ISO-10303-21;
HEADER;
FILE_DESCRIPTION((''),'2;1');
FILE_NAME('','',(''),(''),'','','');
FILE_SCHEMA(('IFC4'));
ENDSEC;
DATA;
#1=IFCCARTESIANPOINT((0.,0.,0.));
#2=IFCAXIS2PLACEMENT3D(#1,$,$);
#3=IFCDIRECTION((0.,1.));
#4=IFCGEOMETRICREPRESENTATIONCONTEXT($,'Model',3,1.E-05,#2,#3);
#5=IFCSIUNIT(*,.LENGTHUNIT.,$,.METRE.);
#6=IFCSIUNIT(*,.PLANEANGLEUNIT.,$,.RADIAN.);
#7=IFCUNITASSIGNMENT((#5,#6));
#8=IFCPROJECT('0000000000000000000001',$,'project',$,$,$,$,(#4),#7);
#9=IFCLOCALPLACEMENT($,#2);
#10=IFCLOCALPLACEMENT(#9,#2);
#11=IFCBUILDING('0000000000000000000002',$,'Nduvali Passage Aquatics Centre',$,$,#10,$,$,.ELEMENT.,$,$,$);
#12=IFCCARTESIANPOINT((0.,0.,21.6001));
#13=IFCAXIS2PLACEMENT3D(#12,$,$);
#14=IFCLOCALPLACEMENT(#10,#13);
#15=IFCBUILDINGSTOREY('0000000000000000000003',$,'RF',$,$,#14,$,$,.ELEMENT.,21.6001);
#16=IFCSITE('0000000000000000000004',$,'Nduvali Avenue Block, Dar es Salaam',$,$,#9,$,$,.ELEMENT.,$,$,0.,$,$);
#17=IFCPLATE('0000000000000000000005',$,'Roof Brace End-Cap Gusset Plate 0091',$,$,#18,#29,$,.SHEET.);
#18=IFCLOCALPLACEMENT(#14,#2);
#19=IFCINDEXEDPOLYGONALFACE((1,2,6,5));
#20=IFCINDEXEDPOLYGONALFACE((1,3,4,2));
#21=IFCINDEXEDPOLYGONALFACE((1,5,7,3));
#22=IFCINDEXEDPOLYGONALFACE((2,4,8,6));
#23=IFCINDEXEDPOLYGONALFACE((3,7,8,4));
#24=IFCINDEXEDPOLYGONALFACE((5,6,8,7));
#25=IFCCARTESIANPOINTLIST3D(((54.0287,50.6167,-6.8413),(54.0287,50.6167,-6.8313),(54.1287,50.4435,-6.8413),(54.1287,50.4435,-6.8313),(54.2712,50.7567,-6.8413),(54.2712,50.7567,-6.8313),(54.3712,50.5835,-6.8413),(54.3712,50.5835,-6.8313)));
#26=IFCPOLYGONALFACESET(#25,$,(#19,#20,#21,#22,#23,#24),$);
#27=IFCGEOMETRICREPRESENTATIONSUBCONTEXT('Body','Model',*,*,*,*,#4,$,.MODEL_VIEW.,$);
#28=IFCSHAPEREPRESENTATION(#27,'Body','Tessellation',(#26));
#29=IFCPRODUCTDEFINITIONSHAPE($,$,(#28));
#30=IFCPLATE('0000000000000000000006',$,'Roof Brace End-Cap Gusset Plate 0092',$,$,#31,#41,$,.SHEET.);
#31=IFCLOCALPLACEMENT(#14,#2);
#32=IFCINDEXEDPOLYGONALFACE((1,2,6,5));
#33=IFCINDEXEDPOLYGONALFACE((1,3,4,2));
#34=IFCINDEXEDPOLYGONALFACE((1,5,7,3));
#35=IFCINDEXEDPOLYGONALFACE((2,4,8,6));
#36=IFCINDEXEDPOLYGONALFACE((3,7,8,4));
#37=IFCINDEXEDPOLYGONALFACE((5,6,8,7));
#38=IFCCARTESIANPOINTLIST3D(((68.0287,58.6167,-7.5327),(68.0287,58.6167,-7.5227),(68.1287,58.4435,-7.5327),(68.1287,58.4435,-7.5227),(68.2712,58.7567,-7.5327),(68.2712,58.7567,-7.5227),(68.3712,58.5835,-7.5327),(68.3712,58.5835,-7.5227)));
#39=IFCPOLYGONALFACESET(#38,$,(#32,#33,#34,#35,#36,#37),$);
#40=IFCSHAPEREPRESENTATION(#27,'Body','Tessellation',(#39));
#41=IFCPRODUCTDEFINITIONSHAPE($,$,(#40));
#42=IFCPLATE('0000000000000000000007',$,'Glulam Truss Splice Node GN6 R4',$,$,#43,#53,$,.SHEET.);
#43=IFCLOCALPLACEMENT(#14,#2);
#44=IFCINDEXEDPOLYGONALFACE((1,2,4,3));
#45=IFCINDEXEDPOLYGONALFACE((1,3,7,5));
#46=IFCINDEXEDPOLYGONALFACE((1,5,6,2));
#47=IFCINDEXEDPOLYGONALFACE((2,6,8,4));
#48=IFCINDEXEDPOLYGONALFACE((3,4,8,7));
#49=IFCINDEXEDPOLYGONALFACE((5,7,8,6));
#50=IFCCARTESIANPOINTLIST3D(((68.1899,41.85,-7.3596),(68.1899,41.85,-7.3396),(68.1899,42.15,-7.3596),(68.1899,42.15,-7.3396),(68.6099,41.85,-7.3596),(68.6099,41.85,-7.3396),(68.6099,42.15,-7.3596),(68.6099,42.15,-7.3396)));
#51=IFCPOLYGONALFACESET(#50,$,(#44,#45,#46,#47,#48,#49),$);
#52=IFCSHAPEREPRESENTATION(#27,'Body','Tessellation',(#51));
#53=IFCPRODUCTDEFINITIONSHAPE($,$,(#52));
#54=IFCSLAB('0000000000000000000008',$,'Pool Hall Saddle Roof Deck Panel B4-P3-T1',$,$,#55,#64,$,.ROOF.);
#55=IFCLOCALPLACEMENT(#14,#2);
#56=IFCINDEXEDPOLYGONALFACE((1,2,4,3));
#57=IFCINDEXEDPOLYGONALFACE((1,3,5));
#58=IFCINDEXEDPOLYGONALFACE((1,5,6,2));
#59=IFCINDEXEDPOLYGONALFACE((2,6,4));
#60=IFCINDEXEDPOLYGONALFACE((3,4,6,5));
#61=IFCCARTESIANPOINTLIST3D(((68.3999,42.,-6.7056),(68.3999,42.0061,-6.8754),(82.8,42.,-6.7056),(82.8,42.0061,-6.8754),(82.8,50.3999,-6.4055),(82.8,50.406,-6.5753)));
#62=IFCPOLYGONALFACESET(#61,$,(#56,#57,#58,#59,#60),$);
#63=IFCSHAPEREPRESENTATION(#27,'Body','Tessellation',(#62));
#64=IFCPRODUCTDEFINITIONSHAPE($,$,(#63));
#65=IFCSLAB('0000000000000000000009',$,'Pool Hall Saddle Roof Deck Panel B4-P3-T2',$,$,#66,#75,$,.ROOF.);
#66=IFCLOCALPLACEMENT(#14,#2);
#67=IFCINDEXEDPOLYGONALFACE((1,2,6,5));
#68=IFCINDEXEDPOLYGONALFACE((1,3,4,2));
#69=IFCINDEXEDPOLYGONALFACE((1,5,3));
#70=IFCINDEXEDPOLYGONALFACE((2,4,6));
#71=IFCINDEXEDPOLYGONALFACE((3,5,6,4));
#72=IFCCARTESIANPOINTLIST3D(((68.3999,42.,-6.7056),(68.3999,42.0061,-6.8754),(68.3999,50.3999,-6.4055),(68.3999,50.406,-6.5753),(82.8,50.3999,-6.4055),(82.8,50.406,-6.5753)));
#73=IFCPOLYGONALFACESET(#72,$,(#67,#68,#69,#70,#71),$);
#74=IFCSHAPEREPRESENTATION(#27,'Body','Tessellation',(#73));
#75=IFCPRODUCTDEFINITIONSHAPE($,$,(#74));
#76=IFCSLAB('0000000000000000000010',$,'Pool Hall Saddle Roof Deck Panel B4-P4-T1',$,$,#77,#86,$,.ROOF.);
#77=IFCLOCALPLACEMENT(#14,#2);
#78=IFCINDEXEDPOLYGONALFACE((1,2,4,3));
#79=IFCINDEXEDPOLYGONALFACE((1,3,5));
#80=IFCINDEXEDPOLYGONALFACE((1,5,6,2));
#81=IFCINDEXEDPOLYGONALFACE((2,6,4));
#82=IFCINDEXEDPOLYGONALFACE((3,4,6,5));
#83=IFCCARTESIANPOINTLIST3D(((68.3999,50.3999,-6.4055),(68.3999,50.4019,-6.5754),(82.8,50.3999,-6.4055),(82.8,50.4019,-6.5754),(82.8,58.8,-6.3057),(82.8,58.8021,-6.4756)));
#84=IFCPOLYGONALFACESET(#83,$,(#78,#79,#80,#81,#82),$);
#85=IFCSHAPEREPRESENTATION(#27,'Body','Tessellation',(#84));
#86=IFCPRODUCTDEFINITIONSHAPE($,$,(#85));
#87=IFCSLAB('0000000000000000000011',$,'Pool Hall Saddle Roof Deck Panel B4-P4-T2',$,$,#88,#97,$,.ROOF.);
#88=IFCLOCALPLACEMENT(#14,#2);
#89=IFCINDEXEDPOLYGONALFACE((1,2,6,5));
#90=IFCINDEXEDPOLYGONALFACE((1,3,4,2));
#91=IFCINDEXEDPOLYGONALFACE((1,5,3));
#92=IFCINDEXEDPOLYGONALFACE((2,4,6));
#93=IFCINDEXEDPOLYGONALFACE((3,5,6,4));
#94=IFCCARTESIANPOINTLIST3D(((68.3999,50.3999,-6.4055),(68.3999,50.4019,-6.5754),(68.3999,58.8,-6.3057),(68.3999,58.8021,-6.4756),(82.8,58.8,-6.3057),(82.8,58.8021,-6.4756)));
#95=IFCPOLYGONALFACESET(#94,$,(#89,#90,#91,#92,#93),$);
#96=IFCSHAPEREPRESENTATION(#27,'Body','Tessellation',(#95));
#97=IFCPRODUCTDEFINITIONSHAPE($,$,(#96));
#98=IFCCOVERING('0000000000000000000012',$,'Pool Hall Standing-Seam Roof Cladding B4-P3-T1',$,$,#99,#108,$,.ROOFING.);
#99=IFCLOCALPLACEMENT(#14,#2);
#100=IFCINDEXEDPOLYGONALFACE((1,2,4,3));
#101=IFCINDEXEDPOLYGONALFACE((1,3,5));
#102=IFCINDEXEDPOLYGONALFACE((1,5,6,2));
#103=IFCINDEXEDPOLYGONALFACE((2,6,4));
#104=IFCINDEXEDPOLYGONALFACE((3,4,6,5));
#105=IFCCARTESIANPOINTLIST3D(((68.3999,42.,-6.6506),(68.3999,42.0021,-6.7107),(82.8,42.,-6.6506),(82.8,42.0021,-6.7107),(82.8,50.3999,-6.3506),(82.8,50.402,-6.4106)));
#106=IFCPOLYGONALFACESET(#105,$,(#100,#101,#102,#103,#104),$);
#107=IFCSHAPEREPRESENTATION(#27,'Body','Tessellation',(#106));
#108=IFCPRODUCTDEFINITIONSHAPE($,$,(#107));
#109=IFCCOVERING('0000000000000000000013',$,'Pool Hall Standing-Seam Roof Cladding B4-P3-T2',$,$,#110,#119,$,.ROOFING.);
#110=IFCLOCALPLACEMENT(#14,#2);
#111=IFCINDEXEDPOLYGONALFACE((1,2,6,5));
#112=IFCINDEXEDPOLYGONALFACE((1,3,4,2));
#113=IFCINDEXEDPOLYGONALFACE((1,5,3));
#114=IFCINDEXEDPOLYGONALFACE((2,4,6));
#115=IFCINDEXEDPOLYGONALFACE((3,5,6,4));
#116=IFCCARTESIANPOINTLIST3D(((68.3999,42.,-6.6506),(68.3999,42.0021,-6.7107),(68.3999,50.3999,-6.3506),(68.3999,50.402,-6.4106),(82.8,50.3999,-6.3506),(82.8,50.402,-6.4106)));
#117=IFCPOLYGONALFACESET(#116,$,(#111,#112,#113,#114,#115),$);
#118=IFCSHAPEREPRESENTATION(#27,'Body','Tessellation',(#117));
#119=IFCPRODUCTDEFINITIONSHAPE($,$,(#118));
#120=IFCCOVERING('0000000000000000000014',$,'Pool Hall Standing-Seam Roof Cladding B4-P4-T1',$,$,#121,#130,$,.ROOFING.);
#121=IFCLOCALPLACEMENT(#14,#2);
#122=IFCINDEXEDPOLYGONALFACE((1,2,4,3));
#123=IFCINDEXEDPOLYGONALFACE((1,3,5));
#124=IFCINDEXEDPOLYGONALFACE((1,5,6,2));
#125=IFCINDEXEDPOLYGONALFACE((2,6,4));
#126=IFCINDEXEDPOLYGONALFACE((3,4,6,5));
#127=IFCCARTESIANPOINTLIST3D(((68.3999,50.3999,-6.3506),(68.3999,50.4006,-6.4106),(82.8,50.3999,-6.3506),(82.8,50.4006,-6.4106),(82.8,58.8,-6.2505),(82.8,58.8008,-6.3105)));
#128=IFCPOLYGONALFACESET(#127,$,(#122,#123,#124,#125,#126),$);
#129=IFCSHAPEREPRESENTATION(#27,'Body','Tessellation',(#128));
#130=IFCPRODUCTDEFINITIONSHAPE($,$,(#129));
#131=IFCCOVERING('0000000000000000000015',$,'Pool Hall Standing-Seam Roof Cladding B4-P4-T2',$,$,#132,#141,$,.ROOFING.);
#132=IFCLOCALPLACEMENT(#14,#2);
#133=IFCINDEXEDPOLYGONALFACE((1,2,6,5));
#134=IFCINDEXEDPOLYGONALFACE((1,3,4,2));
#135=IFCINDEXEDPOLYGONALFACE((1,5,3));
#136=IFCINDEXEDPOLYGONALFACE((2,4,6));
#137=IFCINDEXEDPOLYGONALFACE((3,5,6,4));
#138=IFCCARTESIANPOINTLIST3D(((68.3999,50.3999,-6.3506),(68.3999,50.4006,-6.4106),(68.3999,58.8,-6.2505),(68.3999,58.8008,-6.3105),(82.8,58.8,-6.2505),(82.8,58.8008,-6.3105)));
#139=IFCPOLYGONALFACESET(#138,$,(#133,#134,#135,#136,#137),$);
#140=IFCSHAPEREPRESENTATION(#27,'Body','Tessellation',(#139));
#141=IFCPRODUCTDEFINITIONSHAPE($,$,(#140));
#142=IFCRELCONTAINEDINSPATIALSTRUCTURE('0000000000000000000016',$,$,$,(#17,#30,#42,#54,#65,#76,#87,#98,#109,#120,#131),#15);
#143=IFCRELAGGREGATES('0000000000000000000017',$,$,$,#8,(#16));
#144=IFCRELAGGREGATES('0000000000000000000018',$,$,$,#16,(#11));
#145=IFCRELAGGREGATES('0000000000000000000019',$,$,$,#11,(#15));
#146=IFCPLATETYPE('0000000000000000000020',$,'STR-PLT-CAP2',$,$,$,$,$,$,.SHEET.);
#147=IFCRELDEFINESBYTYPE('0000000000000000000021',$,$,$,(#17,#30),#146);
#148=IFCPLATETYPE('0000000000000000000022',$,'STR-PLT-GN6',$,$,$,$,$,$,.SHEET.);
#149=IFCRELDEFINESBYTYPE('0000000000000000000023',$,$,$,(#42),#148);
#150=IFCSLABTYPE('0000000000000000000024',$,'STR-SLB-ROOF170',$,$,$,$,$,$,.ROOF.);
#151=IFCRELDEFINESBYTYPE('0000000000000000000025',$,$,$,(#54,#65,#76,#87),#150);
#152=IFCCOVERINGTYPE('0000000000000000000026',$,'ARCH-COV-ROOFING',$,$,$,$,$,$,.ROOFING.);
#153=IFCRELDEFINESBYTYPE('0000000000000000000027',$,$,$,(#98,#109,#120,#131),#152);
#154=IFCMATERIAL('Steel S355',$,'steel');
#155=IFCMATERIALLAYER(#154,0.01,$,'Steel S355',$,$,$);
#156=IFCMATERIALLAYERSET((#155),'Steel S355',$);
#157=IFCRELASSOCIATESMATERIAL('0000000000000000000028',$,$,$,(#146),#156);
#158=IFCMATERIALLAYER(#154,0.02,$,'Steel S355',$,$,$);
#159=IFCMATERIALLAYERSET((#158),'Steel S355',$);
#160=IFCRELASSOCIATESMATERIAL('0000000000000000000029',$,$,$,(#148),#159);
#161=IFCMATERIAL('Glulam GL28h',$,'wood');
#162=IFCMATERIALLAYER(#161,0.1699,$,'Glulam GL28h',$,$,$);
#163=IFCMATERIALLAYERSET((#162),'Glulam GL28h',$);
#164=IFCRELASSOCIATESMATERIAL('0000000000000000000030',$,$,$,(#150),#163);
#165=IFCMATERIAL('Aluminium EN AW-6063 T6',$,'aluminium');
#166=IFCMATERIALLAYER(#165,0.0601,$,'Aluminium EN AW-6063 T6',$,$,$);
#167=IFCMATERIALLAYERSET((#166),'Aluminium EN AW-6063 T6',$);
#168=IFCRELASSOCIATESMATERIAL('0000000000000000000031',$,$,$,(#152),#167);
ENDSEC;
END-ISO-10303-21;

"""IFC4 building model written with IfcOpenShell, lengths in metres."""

from ifc_helpers import new_model, si_unit, direction, frame, origin, origin_2d, place, context, subcontext, project, spatial, polyline, rectangle, outline, extrude, material, layer, layer_set, type_object, element, save


model = new_model("IFC4")

# Units and contexts
model_context = context("Model", 3, precision=1e-05, world=origin(), true_north=direction((0.0, 1.0)))
body_context = subcontext(model_context, "Body", "Model", "MODEL_VIEW")
ifc_project = project(units=[si_unit("LENGTHUNIT", "METRE"), si_unit("PLANEANGLEUNIT", "RADIAN")], contexts=[model_context])

# Site, building, storey
site_placement = place(None, origin())
site = spatial("IfcSite", under=ifc_project, at=site_placement, Name="Nduvali Avenue Block, Dar es Salaam", CompositionType="ELEMENT", RefElevation=0.0)
building_placement = place(site_placement, origin())
building = spatial("IfcBuilding", under=site, at=building_placement, Name="Nduvali Passage Aquatics Centre", CompositionType="ELEMENT")
storey_placement = place(building_placement, frame((0.0, 0.0, 21.6001)))
storey = spatial("IfcBuildingStorey", under=building, at=storey_placement, Name="RF", CompositionType="ELEMENT", Elevation=21.6001)

# Shared definitions
ifc_material_1 = material(Name="Steel S355", Category="steel")
ifc_material_2 = material(Name="Glulam GL28h", Category="wood")

# Plates
ifc_layer_1 = layer(ifc_material_1, 0.01, Name="Steel S355")
ifc_layer_set_1 = layer_set([ifc_layer_1], Name="Steel S355")
plate_type_1 = type_object("IfcPlateType", Name="STR-PLT-CAP2", PredefinedType="SHEET", material=ifc_layer_set_1)
for number, where, z_axis, x_axis, name in (
    (1, (54.2, 50.6001, -6.8413), (0.0, 0.0, 1.0), (0.866025, 0.5, 0.0), "Roof Brace End-Cap Gusset Plate 0091"),
    (2, (68.2, 58.6001, -7.5327), (0.0, 0.0, 1.0), (0.866025, 0.5, 0.0), "Roof Brace End-Cap Gusset Plate 0092"),
):
    element("IfcPlate", number, at=place(storey_placement, frame(where, z_axis=z_axis, x_axis=x_axis)), inside=storey, type_object=plate_type_1, Name=name, PredefinedType="SHEET", context=body_context, shape_type="SweptSolid", body=[
        extrude(rectangle(XDim=0.28, YDim=0.2, at=origin_2d()), origin(), (0.0, 0.0, 1.0), 0.01),
    ])
ifc_layer_2 = layer(ifc_material_1, 0.02, Name="Steel S355")
ifc_layer_set_2 = layer_set([ifc_layer_2], Name="Steel S355")
plate_type_2 = type_object("IfcPlateType", Name="STR-PLT-GN6", PredefinedType="SHEET", material=ifc_layer_set_2)
plate_placement = place(storey_placement, frame((68.3999, 42.0, -7.3596), z_axis=(0.0, 0.0, 1.0), x_axis=(1.0, 0.0, 0.0)))
element("IfcPlate", 3, at=plate_placement, inside=storey, type_object=plate_type_2, Name="Glulam Truss Splice Node GN6 R4", PredefinedType="SHEET", context=body_context, shape_type="SweptSolid", body=[
    extrude(rectangle(XDim=0.4199, YDim=0.3, at=origin_2d()), origin(), (0.0, 0.0, 1.0), 0.02),
])

# Slabs
ifc_layer_3 = layer(ifc_material_2, 0.1699, Name="Glulam GL28h")
ifc_layer_set_3 = layer_set([ifc_layer_3], Name="Glulam GL28h")
slab_type = type_object("IfcSlabType", Name="STR-SLB-ROOF170", PredefinedType="ROOF", material=ifc_layer_set_3)
slab_1_placement = place(storey_placement, frame((68.3999, 42.0, -6.7056), z_axis=(0.0, -0.035698, 0.999363), x_axis=(1.0, 0.0, 0.0)))
element("IfcSlab", 4, at=slab_1_placement, inside=storey, type_object=slab_type, Name="Pool Hall Saddle Roof Deck Panel B4-P3-T1", PredefinedType="ROOF", context=body_context, shape_type="SweptSolid", body=[
    extrude(outline(polyline([(0.0, 0.0), (14.4001, 0.0), (14.4001, 8.4053), (0.0, 0.0)])), origin(), (0.0, 0.0, -1.0), 0.1699),
])
slab_2_placement = place(storey_placement, frame((68.3999, 42.0, -6.7056), z_axis=(0.0, -0.035698, 0.999363), x_axis=(0.863644, 0.503781, 0.017995)))
element("IfcSlab", 5, at=slab_2_placement, inside=storey, type_object=slab_type, Name="Pool Hall Saddle Roof Deck Panel B4-P3-T2", PredefinedType="ROOF", context=body_context, shape_type="SweptSolid", body=[
    extrude(outline(polyline([(0.0, 0.0), (16.6737, 0.0), (4.2371, 7.2592), (0.0, 0.0)])), origin(), (0.0, 0.0, -1.0), 0.1699),
])
slab_3_placement = place(storey_placement, frame((68.3999, 50.3999, -6.4055), z_axis=(0.0, -0.011886, 0.999929), x_axis=(1.0, 0.0, 0.0)))
element("IfcSlab", 6, at=slab_3_placement, inside=storey, type_object=slab_type, Name="Pool Hall Saddle Roof Deck Panel B4-P4-T1", PredefinedType="ROOF", context=body_context, shape_type="SweptSolid", body=[
    extrude(outline(polyline([(0.0, 0.0), (14.4001, 0.0), (14.4001, 8.4007), (0.0, 0.0)])), origin(), (0.0, 0.0, -1.0), 0.1699),
])
slab_4_placement = place(storey_placement, frame((68.3999, 50.3999, -6.4055), z_axis=(0.0, -0.011886, 0.999929), x_axis=(0.863762, 0.503865, 0.005989)))
element("IfcSlab", 7, at=slab_4_placement, inside=storey, type_object=slab_type, Name="Pool Hall Saddle Roof Deck Panel B4-P4-T2", PredefinedType="ROOF", context=body_context, shape_type="SweptSolid", body=[
    extrude(outline(polyline([(0.0, 0.0), (16.6714, 0.0), (4.2331, 7.2562), (0.0, 0.0)])), origin(), (0.0, 0.0, -1.0), 0.1699),
])

# Coverings
ifc_material_3 = material(Name="Aluminium EN AW-6063 T6", Category="aluminium")
ifc_layer_4 = layer(ifc_material_3, 0.0601, Name="Aluminium EN AW-6063 T6")
ifc_layer_set_4 = layer_set([ifc_layer_4], Name="Aluminium EN AW-6063 T6")
covering_type = type_object("IfcCoveringType", Name="ARCH-COV-ROOFING", PredefinedType="ROOFING", material=ifc_layer_set_4)
covering_1_placement = place(storey_placement, frame((68.3999, 42.0, -6.6506), z_axis=(0.0, -0.035698, 0.999363), x_axis=(1.0, 0.0, 0.0)))
element("IfcCovering", 8, at=covering_1_placement, inside=storey, type_object=covering_type, Name="Pool Hall Standing-Seam Roof Cladding B4-P3-T1", PredefinedType="ROOFING", context=body_context, shape_type="SweptSolid", body=[
    extrude(outline(polyline([(0.0, 0.0), (14.4001, 0.0), (14.4001, 8.4053), (0.0, 0.0)])), origin(), (0.0, 0.0, -1.0), 0.0601),
])
covering_2_placement = place(storey_placement, frame((68.3999, 42.0, -6.6506), z_axis=(0.0, -0.035698, 0.999363), x_axis=(0.863644, 0.503781, 0.017995)))
element("IfcCovering", 9, at=covering_2_placement, inside=storey, type_object=covering_type, Name="Pool Hall Standing-Seam Roof Cladding B4-P3-T2", PredefinedType="ROOFING", context=body_context, shape_type="SweptSolid", body=[
    extrude(outline(polyline([(0.0, 0.0), (16.6737, 0.0), (4.2371, 7.2592), (0.0, 0.0)])), origin(), (0.0, 0.0, -1.0), 0.0601),
])
covering_3_placement = place(storey_placement, frame((68.3999, 50.3999, -6.3506), z_axis=(0.0, -0.011915, 0.999929), x_axis=(1.0, 0.0, 0.0)))
element("IfcCovering", 10, at=covering_3_placement, inside=storey, type_object=covering_type, Name="Pool Hall Standing-Seam Roof Cladding B4-P4-T1", PredefinedType="ROOFING", context=body_context, shape_type="SweptSolid", body=[
    extrude(outline(polyline([(0.0, 0.0), (14.4001, 0.0), (14.4001, 8.4007), (0.0, 0.0)])), origin(), (0.0, 0.0, -1.0), 0.0601),
])
covering_4_placement = place(storey_placement, frame((68.3999, 50.3999, -6.3506), z_axis=(0.0, -0.011915, 0.999929), x_axis=(0.863762, 0.503865, 0.006004)))
element("IfcCovering", 11, at=covering_4_placement, inside=storey, type_object=covering_type, Name="Pool Hall Standing-Seam Roof Cladding B4-P4-T2", PredefinedType="ROOFING", context=body_context, shape_type="SweptSolid", body=[
    extrude(outline(polyline([(0.0, 0.0), (16.6714, 0.0), (4.2331, 7.2562), (0.0, 0.0)])), origin(), (0.0, 0.0, -1.0), 0.0601),
])

save(model, "model.ifc")
